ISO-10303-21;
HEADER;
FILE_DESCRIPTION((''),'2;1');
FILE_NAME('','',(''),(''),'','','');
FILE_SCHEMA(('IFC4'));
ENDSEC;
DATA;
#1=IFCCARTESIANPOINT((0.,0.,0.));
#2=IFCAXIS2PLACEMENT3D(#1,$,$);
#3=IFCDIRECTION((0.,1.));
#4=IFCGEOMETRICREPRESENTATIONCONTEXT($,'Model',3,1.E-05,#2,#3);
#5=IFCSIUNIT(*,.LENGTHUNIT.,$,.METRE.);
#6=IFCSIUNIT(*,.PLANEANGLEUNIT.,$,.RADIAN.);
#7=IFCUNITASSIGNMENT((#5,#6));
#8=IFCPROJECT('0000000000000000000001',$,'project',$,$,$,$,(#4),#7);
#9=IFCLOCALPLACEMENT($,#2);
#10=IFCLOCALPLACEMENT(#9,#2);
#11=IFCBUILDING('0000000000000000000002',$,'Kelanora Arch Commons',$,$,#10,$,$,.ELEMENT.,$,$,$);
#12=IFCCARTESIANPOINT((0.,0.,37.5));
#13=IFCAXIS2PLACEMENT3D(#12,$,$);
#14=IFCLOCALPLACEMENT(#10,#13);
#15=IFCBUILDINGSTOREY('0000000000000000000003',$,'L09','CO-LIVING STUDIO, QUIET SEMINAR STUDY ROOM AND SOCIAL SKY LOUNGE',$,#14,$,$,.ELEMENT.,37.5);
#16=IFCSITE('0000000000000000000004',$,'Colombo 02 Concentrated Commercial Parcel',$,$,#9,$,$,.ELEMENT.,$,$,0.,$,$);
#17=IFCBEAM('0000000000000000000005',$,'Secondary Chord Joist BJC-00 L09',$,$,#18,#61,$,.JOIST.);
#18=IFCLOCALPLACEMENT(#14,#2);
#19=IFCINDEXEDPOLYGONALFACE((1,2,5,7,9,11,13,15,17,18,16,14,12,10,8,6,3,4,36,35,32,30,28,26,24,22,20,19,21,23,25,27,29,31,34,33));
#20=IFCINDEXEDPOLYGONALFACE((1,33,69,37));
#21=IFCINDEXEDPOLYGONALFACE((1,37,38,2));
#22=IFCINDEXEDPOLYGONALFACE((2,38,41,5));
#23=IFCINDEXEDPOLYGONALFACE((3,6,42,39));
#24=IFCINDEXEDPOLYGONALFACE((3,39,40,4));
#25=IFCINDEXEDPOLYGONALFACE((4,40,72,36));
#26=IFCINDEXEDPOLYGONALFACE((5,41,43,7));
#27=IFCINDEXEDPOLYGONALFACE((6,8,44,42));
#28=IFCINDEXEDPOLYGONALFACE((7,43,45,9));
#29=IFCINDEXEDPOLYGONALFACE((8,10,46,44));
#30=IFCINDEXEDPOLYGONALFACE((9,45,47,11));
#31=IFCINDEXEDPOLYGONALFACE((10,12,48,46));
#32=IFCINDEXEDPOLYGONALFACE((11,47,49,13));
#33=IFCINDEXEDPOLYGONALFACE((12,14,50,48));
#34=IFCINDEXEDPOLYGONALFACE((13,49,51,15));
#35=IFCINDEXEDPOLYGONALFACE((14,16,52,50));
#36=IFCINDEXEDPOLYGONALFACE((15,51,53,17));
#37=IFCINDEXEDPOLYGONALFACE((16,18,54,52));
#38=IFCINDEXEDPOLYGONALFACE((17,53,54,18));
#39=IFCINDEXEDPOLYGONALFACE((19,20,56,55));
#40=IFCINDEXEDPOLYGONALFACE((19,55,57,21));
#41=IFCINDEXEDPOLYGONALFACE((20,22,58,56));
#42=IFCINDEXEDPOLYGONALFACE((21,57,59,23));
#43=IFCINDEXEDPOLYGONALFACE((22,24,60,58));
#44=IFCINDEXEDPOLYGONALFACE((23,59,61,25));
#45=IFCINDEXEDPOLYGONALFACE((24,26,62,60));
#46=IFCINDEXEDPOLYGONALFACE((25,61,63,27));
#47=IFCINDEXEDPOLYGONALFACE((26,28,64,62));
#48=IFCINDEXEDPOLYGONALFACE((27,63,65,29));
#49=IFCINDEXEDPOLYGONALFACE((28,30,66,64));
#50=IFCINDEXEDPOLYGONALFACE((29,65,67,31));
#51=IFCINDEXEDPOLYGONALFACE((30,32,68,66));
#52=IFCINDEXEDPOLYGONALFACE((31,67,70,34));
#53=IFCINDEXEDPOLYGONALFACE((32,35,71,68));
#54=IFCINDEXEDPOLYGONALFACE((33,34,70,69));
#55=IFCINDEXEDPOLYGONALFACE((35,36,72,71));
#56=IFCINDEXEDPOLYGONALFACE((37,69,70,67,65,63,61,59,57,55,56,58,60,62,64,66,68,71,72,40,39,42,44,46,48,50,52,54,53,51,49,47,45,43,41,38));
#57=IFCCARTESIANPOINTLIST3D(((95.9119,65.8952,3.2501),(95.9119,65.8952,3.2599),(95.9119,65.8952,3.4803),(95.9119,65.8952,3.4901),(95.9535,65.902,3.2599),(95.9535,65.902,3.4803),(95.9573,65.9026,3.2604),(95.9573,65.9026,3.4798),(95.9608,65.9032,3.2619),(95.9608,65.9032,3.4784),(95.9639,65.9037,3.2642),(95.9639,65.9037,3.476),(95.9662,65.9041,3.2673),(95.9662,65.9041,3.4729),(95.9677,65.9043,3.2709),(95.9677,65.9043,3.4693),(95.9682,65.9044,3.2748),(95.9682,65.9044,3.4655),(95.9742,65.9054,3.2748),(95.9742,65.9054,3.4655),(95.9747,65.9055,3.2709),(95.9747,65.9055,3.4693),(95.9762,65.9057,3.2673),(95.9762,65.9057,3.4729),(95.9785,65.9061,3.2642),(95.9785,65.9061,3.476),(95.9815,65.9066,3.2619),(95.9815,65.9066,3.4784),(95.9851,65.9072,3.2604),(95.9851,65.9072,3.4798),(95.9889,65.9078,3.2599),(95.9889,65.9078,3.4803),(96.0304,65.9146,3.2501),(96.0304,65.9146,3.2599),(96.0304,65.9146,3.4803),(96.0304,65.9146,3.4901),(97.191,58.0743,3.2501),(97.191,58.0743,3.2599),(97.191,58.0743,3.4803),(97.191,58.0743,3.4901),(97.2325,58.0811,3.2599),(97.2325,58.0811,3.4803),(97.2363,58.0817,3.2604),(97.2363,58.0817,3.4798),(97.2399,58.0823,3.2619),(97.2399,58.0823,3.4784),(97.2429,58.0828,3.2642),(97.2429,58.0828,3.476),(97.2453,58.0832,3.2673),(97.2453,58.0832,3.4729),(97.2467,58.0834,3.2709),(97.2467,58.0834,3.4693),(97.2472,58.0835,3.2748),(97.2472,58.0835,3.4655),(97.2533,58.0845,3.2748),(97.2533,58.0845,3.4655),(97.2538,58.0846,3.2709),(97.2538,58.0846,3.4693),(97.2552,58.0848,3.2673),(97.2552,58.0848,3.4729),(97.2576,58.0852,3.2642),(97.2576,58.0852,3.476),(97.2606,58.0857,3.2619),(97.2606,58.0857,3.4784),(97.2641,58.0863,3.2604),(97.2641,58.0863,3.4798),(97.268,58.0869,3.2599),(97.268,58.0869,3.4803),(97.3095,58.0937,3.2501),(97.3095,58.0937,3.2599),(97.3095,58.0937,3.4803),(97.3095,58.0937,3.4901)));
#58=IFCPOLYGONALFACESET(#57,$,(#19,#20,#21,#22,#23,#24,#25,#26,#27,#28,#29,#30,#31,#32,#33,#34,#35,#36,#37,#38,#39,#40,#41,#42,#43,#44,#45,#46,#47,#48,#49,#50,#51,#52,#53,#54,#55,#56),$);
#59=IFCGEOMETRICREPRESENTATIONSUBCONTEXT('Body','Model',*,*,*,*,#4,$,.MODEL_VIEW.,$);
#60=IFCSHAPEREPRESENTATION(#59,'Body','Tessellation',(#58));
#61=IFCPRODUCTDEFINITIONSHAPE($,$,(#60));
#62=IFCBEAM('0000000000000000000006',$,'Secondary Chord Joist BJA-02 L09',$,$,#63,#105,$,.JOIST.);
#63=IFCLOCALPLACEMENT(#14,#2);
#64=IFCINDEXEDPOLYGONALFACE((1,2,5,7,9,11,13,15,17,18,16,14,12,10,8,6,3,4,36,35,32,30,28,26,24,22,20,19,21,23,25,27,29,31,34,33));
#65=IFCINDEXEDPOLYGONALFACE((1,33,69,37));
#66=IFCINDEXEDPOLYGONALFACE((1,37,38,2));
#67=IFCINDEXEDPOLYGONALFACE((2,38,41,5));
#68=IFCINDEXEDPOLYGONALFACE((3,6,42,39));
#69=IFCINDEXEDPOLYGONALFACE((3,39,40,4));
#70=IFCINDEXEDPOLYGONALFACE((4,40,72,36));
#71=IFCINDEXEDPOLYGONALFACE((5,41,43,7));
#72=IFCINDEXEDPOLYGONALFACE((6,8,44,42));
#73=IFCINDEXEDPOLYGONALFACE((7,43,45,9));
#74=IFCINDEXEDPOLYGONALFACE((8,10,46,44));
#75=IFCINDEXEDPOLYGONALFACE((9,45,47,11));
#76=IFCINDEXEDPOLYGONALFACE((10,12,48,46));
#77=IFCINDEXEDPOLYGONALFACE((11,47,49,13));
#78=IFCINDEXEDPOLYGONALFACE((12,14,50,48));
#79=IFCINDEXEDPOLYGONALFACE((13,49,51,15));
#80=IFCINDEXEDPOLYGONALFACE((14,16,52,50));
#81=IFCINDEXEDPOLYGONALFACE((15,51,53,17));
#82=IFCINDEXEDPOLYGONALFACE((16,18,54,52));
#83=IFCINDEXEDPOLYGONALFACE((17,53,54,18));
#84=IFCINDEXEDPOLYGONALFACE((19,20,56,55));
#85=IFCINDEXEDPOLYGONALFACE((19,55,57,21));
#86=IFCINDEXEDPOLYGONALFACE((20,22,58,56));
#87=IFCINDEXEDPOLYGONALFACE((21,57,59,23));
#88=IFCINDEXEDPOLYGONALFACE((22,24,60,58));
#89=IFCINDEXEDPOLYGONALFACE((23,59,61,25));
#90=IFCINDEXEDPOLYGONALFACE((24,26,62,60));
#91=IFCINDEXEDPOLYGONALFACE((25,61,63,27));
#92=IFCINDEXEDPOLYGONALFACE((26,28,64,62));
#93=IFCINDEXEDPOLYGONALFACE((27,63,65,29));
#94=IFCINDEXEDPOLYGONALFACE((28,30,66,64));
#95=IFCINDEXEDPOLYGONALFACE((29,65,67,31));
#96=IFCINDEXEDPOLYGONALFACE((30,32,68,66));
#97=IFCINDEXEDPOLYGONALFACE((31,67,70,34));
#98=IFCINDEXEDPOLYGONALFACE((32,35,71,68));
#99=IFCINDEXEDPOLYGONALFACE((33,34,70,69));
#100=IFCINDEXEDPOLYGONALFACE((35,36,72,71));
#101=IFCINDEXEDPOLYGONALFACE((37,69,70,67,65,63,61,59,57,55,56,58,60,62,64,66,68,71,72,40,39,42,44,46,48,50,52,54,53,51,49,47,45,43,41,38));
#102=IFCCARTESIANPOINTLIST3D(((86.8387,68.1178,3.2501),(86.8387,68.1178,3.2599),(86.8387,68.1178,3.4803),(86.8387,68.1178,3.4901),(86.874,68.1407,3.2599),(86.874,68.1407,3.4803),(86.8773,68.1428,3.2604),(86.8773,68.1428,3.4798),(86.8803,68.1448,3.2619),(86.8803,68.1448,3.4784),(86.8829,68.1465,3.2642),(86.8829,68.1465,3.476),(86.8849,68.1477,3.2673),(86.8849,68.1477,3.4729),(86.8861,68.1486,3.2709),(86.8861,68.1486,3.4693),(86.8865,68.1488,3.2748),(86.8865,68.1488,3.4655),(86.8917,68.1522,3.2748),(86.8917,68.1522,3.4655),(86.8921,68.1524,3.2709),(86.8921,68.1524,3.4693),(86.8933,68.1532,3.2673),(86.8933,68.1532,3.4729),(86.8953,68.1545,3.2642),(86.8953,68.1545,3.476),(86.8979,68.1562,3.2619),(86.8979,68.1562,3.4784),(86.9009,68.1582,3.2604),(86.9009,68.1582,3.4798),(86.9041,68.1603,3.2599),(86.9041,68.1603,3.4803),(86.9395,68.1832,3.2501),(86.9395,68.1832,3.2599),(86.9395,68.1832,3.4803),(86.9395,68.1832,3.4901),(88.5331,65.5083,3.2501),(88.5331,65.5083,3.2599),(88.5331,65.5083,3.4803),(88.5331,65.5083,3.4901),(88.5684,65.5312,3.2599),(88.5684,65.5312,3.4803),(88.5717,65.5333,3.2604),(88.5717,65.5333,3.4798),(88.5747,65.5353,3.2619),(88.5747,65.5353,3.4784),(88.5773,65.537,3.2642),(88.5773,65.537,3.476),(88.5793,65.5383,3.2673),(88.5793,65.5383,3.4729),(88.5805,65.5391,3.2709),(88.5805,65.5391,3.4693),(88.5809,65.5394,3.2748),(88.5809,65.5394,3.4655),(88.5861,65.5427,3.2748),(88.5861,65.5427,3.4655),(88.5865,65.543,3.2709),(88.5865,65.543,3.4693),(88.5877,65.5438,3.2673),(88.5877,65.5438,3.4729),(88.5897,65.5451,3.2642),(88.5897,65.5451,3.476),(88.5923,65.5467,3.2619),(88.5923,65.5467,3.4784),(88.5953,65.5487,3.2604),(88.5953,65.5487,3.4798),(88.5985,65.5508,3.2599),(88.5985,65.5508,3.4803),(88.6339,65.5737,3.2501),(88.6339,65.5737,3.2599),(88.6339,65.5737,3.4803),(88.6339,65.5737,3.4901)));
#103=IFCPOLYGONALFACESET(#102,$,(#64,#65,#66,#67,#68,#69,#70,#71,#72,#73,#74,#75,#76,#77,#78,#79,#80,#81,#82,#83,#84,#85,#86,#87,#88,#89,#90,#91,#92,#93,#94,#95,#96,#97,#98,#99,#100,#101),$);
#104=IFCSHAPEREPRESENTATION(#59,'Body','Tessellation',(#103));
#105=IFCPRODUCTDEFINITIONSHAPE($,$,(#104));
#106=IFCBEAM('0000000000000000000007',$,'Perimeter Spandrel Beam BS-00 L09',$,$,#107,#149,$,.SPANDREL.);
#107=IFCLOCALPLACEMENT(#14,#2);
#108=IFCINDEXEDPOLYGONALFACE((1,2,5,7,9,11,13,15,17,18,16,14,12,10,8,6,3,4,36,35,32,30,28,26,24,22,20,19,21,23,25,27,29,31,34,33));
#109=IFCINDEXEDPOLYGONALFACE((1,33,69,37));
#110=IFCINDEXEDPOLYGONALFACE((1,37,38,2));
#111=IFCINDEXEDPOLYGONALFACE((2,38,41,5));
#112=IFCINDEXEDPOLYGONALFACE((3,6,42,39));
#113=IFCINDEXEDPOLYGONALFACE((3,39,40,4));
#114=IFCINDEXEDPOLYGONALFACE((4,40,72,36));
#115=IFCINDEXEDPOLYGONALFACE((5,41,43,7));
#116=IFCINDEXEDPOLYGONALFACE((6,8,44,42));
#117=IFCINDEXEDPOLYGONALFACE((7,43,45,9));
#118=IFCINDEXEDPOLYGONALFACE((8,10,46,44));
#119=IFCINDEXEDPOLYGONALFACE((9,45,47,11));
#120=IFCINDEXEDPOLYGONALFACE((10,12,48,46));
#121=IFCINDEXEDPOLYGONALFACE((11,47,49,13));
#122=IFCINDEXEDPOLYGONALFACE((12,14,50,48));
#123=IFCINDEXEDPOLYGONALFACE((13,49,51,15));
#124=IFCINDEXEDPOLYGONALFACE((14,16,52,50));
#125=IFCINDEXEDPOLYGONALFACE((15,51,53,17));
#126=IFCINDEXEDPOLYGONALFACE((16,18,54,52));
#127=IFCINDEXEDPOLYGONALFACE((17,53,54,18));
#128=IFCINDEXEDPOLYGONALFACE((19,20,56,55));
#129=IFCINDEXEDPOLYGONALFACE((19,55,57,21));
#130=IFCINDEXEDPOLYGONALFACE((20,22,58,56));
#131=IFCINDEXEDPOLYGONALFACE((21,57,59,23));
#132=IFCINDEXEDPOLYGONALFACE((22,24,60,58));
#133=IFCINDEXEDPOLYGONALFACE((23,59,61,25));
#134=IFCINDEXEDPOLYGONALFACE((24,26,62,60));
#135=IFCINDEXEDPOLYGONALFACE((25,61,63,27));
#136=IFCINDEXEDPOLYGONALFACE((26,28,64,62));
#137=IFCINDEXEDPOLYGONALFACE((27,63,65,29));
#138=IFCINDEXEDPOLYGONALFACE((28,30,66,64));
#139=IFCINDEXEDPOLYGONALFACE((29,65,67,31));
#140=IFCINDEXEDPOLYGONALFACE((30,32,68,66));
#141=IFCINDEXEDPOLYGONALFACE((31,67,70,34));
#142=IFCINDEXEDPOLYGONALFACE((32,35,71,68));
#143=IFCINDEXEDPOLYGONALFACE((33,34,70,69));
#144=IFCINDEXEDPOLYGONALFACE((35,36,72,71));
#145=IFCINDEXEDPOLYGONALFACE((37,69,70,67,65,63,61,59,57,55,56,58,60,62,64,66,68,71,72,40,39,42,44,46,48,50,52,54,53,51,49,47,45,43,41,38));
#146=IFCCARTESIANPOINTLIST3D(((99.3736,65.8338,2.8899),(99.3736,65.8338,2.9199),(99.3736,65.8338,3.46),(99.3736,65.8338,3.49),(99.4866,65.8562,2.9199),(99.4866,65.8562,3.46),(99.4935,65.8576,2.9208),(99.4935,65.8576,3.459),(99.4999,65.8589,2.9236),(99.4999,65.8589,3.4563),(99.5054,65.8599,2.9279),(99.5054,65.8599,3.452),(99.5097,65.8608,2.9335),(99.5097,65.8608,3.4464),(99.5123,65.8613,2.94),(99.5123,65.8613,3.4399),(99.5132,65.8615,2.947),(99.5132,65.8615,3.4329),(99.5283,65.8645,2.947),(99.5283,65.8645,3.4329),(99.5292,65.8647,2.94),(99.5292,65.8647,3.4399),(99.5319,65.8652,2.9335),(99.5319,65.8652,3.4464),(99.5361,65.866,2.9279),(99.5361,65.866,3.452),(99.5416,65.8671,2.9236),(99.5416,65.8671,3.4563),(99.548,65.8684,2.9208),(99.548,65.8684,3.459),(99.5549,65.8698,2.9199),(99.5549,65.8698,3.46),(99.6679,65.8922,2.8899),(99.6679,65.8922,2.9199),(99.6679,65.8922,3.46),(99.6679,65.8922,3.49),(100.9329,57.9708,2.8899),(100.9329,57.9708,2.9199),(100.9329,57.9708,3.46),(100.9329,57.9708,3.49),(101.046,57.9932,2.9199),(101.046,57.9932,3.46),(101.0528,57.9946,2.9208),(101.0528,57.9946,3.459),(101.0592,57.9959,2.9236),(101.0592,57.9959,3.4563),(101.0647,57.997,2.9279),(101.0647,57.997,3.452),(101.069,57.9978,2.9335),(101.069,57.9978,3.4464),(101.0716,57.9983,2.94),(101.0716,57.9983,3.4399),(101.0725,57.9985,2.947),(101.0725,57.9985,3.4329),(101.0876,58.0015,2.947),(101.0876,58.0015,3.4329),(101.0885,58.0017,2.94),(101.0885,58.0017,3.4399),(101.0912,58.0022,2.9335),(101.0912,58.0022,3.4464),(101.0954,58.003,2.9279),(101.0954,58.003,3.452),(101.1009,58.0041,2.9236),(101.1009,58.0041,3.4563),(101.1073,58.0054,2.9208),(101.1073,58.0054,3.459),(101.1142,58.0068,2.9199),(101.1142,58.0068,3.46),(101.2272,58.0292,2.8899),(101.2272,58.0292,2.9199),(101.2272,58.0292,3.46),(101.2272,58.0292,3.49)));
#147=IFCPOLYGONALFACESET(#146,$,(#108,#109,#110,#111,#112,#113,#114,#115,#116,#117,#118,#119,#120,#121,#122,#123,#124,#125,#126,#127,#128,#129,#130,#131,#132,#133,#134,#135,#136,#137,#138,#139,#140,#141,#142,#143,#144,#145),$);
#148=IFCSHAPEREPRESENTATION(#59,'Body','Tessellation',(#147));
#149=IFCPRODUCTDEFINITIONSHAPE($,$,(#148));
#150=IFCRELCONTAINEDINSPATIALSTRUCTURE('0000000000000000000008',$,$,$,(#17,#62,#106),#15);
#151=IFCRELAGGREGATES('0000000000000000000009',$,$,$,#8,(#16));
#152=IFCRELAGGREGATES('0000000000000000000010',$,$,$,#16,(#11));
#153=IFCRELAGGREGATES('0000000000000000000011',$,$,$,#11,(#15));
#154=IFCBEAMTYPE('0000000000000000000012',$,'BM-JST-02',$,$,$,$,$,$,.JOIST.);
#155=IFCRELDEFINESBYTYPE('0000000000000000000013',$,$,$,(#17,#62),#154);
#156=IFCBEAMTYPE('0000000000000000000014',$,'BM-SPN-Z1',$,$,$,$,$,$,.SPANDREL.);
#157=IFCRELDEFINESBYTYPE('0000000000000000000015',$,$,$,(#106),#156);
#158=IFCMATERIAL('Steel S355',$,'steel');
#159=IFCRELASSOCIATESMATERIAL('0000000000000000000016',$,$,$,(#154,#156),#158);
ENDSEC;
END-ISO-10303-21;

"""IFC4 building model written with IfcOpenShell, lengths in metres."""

from ifc_helpers import new_model, si_unit, direction, frame, origin, origin_2d, place, context, subcontext, project, spatial, i_section, extrude, material, material_profile, profile_set, type_object, element, save


model = new_model("IFC4")

# Units and contexts
model_context = context("Model", 3, precision=1e-05, world=origin(), true_north=direction((0.0, 1.0)))
body_context = subcontext(model_context, "Body", "Model", "MODEL_VIEW")
ifc_project = project(units=[si_unit("LENGTHUNIT", "METRE"), si_unit("PLANEANGLEUNIT", "RADIAN")], contexts=[model_context])

# Site, building, storey
site_placement = place(None, origin())
site = spatial("IfcSite", under=ifc_project, at=site_placement, Name="Colombo 02 Concentrated Commercial Parcel", CompositionType="ELEMENT", RefElevation=0.0)
building_placement = place(site_placement, origin())
building = spatial("IfcBuilding", under=site, at=building_placement, Name="Kelanora Arch Commons", CompositionType="ELEMENT")
storey_placement = place(building_placement, frame((0.0, 0.0, 37.5)))
storey = spatial("IfcBuildingStorey", under=building, at=storey_placement, Name="L09", Description="CO-LIVING STUDIO, QUIET SEMINAR STUDY ROOM AND SOCIAL SKY LOUNGE", CompositionType="ELEMENT", Elevation=37.5)

# Beams
ifc_material_1 = material(Name="Steel S355", Category="steel")
ifc_material_profile_1 = material_profile(ifc_material_1, i_section(OverallWidth=0.1201, OverallDepth=0.24, WebThickness=0.0061, FlangeThickness=0.0098, FilletRadius=0.0149, at=origin_2d()), Name="IPE240")
ifc_profile_set_1 = profile_set([ifc_material_profile_1], Name="Steel S355")
beam_type_1 = type_object("IfcBeamType", Name="BM-JST-02", PredefinedType="JOIST", material=ifc_profile_set_1)
beam_1_placement = place(storey_placement, frame((97.2502, 58.084, 3.3701), z_axis=(-0.161401, 0.986889, 0.0), x_axis=(-0.986889, -0.161401, 0.0)))
element("IfcBeam", 1, at=beam_1_placement, inside=storey, type_object=beam_type_1, Name="Secondary Chord Joist BJC-00 L09", PredefinedType="JOIST", context=body_context, shape_type="SweptSolid", body=[
    extrude(i_section(OverallWidth=0.1201, OverallDepth=0.24, WebThickness=0.0061, FlangeThickness=0.0098, FilletRadius=0.0149, at=origin_2d()), origin(), (0.0, 0.0, 1.0), 7.9248),
])
beam_2_placement = place(storey_placement, frame((88.5835, 65.541, 3.3701), z_axis=(-0.544591, 0.838702, 0.0), x_axis=(-0.838702, -0.544591, 0.0)))
element("IfcBeam", 2, at=beam_2_placement, inside=storey, type_object=beam_type_1, Name="Secondary Chord Joist BJA-02 L09", PredefinedType="JOIST", context=body_context, shape_type="SweptSolid", body=[
    extrude(i_section(OverallWidth=0.1201, OverallDepth=0.24, WebThickness=0.0061, FlangeThickness=0.0098, FilletRadius=0.0149, at=origin_2d()), origin(), (0.0, 0.0, 1.0), 3.1113),
])
ifc_material_profile_2 = material_profile(ifc_material_1, i_section(OverallWidth=0.3, OverallDepth=0.6001, WebThickness=0.0154, FlangeThickness=0.03, FilletRadius=0.0271, at=origin_2d()), Name="HEB600")
ifc_profile_set_2 = profile_set([ifc_material_profile_2], Name="Steel S355")
beam_type_2 = type_object("IfcBeamType", Name="BM-SPN-Z1", PredefinedType="SPANDREL", material=ifc_profile_set_2)
beam_3_placement = place(storey_placement, frame((101.0801, 58.0, 3.1899), z_axis=(-0.194523, 0.980898, 0.0), x_axis=(-0.980898, -0.194523, 0.0)))
element("IfcBeam", 3, at=beam_3_placement, inside=storey, type_object=beam_type_2, Name="Perimeter Spandrel Beam BS-00 L09", PredefinedType="SPANDREL", context=body_context, shape_type="SweptSolid", body=[
    extrude(i_section(OverallWidth=0.3, OverallDepth=0.6001, WebThickness=0.0154, FlangeThickness=0.03, FilletRadius=0.0271, at=origin_2d()), origin(), (0.0, 0.0, 1.0), 8.0161),
])

save(model, "model.ifc")
